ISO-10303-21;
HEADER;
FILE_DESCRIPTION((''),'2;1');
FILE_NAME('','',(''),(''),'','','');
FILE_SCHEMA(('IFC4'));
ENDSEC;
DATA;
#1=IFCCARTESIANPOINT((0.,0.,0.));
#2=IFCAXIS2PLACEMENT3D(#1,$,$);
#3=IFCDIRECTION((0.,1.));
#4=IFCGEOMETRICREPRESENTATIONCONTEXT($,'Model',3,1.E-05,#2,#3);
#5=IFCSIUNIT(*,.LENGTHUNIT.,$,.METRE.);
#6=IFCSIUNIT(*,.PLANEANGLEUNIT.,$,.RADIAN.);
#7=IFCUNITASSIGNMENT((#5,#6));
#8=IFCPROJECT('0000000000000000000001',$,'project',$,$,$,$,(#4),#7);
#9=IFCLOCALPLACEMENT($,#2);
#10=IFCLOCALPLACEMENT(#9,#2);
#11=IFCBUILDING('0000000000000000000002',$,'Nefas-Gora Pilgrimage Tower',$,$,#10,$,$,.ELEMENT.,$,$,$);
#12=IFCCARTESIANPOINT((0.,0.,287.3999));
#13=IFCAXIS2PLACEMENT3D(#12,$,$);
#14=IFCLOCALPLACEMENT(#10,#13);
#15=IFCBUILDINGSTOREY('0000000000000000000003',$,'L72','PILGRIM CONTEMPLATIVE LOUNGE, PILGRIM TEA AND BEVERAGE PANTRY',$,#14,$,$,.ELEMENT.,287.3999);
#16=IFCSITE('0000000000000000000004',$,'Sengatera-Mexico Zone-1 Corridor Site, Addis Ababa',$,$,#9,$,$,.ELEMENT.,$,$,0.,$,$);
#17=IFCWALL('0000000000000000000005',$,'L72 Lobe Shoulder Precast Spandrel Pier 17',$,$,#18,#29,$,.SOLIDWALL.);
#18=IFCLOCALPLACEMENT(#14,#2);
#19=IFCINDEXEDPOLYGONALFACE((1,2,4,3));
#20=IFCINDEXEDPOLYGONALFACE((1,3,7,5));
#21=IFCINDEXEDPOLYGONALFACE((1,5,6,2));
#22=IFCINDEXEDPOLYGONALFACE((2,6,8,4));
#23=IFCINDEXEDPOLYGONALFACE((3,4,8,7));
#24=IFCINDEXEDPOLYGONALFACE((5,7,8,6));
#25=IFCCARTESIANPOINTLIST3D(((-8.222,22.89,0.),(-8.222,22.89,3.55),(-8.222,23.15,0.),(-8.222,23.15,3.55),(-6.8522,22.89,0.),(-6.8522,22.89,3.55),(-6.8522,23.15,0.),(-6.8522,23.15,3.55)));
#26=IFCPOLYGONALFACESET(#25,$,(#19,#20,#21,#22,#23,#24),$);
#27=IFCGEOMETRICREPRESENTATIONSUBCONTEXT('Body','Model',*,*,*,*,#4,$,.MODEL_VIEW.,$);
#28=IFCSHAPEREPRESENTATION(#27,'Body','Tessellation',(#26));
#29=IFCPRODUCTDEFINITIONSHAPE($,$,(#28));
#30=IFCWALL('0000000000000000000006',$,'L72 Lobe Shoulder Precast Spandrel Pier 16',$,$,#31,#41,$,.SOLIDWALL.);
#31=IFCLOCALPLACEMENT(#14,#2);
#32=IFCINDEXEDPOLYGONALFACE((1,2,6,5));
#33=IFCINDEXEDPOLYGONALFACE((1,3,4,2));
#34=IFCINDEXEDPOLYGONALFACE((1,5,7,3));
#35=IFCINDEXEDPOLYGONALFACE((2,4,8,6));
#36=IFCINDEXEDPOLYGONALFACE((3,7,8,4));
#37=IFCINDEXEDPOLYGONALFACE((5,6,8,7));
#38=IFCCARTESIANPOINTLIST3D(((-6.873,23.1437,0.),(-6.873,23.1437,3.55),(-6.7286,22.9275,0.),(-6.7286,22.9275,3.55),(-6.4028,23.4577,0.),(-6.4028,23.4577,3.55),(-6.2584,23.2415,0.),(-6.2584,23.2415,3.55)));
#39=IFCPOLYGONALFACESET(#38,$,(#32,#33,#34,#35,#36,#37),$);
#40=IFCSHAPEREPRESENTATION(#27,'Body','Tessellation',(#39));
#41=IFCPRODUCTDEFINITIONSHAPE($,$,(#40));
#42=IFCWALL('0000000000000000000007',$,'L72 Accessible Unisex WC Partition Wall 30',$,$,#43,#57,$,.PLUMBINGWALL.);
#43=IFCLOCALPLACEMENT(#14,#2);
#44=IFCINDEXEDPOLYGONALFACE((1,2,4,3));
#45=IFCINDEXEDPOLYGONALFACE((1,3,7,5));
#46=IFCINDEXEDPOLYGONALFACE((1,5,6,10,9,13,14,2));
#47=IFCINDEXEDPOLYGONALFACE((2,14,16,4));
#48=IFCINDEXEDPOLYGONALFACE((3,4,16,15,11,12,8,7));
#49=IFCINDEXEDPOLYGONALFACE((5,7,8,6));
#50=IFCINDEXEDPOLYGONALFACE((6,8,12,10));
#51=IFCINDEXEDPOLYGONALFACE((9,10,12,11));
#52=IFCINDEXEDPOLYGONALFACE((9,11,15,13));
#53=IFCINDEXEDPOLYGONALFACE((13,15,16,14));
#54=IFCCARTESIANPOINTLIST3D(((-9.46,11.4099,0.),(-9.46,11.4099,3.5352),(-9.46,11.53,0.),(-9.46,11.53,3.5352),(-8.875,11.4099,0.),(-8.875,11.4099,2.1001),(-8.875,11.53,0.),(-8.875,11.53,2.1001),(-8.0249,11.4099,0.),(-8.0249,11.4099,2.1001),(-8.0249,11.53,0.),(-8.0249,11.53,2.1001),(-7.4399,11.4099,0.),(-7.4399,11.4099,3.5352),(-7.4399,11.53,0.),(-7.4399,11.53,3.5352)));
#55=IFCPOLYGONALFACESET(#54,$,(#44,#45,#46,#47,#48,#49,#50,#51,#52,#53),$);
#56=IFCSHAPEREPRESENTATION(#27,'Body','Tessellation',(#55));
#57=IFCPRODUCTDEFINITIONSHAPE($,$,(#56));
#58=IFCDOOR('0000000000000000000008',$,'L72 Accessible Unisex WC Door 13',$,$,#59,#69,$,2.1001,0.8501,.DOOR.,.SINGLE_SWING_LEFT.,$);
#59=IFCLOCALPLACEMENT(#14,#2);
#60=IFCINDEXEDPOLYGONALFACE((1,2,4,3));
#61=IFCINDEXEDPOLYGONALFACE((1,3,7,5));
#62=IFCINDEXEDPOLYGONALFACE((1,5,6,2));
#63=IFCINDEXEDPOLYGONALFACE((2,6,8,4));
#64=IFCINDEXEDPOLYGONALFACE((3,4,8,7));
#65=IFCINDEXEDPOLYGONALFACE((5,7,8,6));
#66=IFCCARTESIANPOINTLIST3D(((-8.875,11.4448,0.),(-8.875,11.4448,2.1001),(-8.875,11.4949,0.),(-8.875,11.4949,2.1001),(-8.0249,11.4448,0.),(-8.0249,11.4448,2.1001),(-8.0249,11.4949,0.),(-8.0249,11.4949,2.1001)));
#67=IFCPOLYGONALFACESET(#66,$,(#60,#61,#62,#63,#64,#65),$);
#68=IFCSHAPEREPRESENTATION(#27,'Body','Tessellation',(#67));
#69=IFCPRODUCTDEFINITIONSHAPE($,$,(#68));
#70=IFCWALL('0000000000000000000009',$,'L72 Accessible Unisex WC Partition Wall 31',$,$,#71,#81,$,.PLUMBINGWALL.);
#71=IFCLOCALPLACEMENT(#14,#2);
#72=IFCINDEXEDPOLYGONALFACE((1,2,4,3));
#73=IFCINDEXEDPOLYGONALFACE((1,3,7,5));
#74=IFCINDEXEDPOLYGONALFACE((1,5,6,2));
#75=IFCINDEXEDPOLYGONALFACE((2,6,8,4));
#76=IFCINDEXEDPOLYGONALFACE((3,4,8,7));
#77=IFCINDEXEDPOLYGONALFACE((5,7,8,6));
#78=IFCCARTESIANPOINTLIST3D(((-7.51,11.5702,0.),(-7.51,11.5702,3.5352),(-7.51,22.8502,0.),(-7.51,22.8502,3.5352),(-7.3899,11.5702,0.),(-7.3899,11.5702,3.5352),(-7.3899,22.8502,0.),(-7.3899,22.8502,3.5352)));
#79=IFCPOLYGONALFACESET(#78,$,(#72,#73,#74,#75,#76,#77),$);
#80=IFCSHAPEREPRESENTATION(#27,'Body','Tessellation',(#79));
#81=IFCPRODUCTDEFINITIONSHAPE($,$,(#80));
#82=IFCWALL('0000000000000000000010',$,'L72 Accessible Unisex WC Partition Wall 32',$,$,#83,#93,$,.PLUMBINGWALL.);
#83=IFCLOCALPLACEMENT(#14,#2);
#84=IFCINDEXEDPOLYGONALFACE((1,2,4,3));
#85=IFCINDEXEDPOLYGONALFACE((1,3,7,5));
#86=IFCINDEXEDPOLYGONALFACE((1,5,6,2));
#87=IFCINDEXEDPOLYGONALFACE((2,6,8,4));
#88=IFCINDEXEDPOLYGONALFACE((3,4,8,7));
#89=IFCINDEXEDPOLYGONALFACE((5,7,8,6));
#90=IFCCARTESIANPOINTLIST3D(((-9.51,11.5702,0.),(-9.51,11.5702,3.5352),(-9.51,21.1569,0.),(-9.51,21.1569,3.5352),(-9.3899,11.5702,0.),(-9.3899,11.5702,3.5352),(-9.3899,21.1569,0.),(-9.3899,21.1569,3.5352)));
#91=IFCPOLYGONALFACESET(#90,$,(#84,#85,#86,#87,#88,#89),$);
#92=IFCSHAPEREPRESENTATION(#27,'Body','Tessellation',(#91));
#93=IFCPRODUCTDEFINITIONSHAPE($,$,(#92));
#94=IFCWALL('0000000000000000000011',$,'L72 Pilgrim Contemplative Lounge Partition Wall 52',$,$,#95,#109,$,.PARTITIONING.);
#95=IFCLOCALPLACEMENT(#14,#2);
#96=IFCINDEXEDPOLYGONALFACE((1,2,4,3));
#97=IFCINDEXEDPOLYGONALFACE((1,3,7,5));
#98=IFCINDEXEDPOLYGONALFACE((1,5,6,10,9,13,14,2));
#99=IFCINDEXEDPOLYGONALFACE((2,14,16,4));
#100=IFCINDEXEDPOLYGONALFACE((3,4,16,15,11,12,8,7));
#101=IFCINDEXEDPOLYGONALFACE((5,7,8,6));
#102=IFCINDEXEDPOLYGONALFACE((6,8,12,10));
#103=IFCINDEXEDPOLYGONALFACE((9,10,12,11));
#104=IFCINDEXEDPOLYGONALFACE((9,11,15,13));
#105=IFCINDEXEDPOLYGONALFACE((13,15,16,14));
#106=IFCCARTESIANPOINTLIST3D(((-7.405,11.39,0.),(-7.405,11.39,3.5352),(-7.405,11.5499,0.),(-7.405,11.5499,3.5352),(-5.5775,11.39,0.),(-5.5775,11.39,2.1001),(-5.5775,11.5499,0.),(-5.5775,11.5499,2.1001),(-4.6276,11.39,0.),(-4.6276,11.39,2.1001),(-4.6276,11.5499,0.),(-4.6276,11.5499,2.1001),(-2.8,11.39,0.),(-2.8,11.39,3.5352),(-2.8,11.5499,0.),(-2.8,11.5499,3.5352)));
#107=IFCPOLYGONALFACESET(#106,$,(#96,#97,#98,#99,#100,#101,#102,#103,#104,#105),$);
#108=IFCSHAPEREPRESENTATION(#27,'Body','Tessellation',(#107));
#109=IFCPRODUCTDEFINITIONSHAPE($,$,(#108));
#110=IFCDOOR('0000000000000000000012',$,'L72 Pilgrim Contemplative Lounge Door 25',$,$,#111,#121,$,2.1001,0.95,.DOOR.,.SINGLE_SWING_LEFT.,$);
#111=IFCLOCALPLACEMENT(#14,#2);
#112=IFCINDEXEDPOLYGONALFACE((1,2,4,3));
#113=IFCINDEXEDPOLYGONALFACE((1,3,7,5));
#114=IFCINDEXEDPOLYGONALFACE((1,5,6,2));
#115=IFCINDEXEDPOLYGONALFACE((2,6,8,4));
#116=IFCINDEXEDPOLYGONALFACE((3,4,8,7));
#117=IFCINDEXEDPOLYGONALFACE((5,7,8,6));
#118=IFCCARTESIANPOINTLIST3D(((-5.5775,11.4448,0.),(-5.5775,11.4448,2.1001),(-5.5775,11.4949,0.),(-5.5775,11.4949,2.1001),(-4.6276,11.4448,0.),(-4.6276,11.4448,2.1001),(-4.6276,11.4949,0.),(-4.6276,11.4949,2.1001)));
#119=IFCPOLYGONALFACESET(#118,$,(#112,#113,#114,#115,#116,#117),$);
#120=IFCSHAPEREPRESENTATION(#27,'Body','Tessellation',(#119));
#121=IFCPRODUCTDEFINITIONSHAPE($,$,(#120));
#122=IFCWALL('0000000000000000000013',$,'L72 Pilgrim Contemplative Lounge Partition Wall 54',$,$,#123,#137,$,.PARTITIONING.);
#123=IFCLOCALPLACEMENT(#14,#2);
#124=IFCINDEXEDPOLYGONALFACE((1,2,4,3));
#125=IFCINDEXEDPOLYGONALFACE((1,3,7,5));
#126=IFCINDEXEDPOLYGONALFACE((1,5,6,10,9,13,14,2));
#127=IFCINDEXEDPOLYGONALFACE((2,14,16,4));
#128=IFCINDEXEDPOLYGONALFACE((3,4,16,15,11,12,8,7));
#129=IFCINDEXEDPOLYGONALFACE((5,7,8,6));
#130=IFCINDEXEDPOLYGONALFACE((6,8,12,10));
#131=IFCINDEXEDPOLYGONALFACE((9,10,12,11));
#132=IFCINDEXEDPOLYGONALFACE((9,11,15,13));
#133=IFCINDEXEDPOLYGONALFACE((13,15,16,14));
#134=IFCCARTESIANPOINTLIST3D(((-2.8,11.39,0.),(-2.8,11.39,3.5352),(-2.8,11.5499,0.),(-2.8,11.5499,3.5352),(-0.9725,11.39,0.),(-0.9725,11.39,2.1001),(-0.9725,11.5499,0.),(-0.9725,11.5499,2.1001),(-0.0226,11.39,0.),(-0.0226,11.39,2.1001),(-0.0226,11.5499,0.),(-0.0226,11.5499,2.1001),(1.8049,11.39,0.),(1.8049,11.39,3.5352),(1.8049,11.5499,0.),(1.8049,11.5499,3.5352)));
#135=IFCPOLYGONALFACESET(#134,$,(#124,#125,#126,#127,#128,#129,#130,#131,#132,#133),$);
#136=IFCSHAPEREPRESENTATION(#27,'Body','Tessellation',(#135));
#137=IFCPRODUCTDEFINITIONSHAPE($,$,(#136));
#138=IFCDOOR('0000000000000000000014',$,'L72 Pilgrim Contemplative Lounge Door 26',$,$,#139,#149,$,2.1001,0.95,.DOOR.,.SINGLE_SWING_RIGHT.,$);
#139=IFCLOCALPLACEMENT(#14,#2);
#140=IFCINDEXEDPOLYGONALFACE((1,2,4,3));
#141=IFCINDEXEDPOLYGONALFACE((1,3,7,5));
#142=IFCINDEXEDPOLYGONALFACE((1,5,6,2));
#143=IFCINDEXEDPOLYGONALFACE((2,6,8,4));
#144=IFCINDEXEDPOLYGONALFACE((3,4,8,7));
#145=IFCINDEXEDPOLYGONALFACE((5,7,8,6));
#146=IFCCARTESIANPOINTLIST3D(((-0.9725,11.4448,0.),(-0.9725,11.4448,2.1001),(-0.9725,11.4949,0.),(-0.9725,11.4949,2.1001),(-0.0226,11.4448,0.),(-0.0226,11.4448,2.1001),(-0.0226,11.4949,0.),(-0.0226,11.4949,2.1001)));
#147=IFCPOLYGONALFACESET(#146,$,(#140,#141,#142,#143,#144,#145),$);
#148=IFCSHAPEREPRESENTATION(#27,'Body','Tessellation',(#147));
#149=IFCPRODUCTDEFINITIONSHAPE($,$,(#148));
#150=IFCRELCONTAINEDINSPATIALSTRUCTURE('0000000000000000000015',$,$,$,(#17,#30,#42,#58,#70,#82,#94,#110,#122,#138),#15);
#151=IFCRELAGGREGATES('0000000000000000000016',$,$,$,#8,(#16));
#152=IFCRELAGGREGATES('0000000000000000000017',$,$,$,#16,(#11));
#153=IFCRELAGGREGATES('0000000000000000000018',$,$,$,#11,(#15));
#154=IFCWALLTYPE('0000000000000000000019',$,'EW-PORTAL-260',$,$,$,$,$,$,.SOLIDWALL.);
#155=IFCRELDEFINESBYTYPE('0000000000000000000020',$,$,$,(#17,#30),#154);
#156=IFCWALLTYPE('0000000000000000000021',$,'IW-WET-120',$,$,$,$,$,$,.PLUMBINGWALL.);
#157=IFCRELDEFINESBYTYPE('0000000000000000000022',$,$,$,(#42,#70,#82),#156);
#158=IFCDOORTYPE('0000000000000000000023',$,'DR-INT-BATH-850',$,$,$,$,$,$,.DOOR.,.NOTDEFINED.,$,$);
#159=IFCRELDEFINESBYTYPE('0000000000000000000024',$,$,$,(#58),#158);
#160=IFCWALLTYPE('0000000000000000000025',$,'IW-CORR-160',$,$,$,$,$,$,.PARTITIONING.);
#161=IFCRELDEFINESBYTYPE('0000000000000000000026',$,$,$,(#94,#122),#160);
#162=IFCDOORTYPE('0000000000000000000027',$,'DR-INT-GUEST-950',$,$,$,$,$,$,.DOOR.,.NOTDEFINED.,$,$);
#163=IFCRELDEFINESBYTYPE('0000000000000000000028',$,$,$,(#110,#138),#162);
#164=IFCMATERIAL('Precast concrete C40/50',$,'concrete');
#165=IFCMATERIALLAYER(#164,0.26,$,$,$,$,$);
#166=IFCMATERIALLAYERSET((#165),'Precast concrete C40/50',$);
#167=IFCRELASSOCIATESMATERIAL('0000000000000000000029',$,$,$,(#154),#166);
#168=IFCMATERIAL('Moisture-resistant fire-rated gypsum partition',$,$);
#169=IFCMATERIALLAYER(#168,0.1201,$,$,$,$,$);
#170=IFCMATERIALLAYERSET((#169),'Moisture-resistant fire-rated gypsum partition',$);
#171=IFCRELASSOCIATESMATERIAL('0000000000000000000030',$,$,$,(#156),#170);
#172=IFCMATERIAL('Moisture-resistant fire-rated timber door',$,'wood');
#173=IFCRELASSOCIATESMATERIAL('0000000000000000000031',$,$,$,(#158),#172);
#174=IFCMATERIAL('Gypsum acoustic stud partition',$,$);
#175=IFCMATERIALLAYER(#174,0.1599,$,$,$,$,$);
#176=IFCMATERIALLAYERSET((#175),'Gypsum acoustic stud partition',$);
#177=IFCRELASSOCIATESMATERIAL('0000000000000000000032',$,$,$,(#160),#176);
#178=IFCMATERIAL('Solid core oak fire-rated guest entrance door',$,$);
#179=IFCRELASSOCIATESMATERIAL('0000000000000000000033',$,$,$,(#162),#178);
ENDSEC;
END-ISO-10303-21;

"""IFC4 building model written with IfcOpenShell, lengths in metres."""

from ifc_helpers import new_model, si_unit, direction, frame, frame_2d, origin, place, context, subcontext, project, spatial, rectangle, extrude, source, transform, mapped, material, layer, layer_set, type_object, element, fill, save


model = new_model("IFC4")

# Units and contexts
model_context = context("Model", 3, precision=1e-05, world=origin(), true_north=direction((0.0, 1.0)))
body_context = subcontext(model_context, "Body", "Model", "MODEL_VIEW")
ifc_project = project(units=[si_unit("LENGTHUNIT", "METRE"), si_unit("PLANEANGLEUNIT", "RADIAN")], contexts=[model_context])

# Site, building, storey
site_placement = place(None, origin())
site = spatial("IfcSite", under=ifc_project, at=site_placement, Name="Sengatera-Mexico Zone-1 Corridor Site, Addis Ababa", CompositionType="ELEMENT", RefElevation=0.0)
building_placement = place(site_placement, origin())
building = spatial("IfcBuilding", under=site, at=building_placement, Name="Nefas-Gora Pilgrimage Tower", CompositionType="ELEMENT")
storey_placement = place(building_placement, frame((0.0, 0.0, 287.3999)))
storey = spatial("IfcBuildingStorey", under=building, at=storey_placement, Name="L72", Description="PILGRIM CONTEMPLATIVE LOUNGE, PILGRIM TEA AND BEVERAGE PANTRY", CompositionType="ELEMENT", Elevation=287.3999)

# Walls
ifc_material_1 = material(Name="Precast concrete C40/50", Category="concrete")
ifc_layer_1 = layer(ifc_material_1, 0.26)
ifc_layer_set_1 = layer_set([ifc_layer_1], Name="Precast concrete C40/50")
wall_type_1 = type_object("IfcWallType", Name="EW-PORTAL-260", PredefinedType="SOLIDWALL", material=ifc_layer_set_1)
shared_shape_1 = source(origin(), body_context, "Body", "SweptSolid", [
    extrude(rectangle(XDim=1.3699, YDim=0.26, at=frame_2d((0.6851, 0.0))), origin(), (0.0, 0.0, 1.0), 3.55),
])
wall_1_placement = place(storey_placement, frame((-6.8521, 23.02, 0.0), z_axis=(0.0, 0.0, 1.0), x_axis=(-1.0, 0.0, 0.0)))
element("IfcWall", 1, at=wall_1_placement, inside=storey, type_object=wall_type_1, Name="L72 Lobe Shoulder Precast Spandrel Pier 17", PredefinedType="SOLIDWALL", context=body_context, shape_type="MappedRepresentation", body=[
    mapped(shared_shape_1, transform((0.0, 0.0, 0.0), x_axis=(1.0, 0.0, 0.0), y_axis=(0.0, 1.0, 0.0), z_axis=(0.0, 0.0, 1.0), scale=1.0)),
])
shared_shape_2 = source(origin(), body_context, "Body", "SweptSolid", [
    extrude(rectangle(XDim=0.5654, YDim=0.26, at=frame_2d((0.2827, 0.0))), origin(), (0.0, 0.0, 1.0), 3.55),
])
wall_2_placement = place(storey_placement, frame((-6.3306, 23.3496, 0.0), z_axis=(0.0, 0.0, 1.0), x_axis=(-0.831651, -0.555298, 0.0)))
element("IfcWall", 2, at=wall_2_placement, inside=storey, type_object=wall_type_1, Name="L72 Lobe Shoulder Precast Spandrel Pier 16", PredefinedType="SOLIDWALL", context=body_context, shape_type="MappedRepresentation", body=[
    mapped(shared_shape_2, transform((0.0, 0.0, 0.0), x_axis=(1.0, 0.0, 0.0), y_axis=(0.0, 1.0, 0.0), z_axis=(0.0, 0.0, 1.0), scale=1.0)),
])

# Wall, opening, door
ifc_material_2 = material(Name="Moisture-resistant fire-rated gypsum partition")
ifc_layer_2 = layer(ifc_material_2, 0.1201)
ifc_layer_set_2 = layer_set([ifc_layer_2], Name="Moisture-resistant fire-rated gypsum partition")
wall_type_2 = type_object("IfcWallType", Name="IW-WET-120", PredefinedType="PLUMBINGWALL", material=ifc_layer_set_2)
shared_shape_3 = source(origin(), body_context, "Body", "SweptSolid", [
    extrude(rectangle(XDim=2.02, YDim=0.1201, at=frame_2d((1.01, 0.0))), origin(), (0.0, 0.0, 1.0), 3.5352),
])
wall_3_placement = place(storey_placement, frame((-9.46, 11.47, 0.0), z_axis=(0.0, 0.0, 1.0), x_axis=(1.0, 0.0, 0.0)))
wall_3 = element("IfcWall", 3, at=wall_3_placement, inside=storey, type_object=wall_type_2, Name="L72 Accessible Unisex WC Partition Wall 30", PredefinedType="PLUMBINGWALL", context=body_context, shape_type="MappedRepresentation", body=[
    mapped(shared_shape_3, transform((0.0, 0.0, 0.0), x_axis=(1.0, 0.0, 0.0), y_axis=(0.0, 1.0, 0.0), z_axis=(0.0, 0.0, 1.0), scale=1.0)),
])
opening_1_placement = place(wall_3_placement, frame((0.585, 0.0, 0.0)))
opening_1 = element("IfcOpeningElement", 4, at=opening_1_placement, cuts=wall_3, PredefinedType="OPENING", context=body_context, shape_type="SweptSolid", body=[
    extrude(rectangle(XDim=0.8501, YDim=2.1001, at=frame_2d((0.425, 1.05))), frame((0.0, 0.0701, 0.0), z_axis=(0.0, -1.0, 0.0), x_axis=(1.0, 0.0, 0.0)), (0.0, 0.0, 1.0), 0.1401),
])
ifc_material_3 = material(Name="Moisture-resistant fire-rated timber door", Category="wood")
door_type_1 = type_object("IfcDoorType", Name="DR-INT-BATH-850", OperationType="NOTDEFINED", PredefinedType="DOOR", material=ifc_material_3)
shared_shape_4 = source(origin(), body_context, "Body", "SweptSolid", [
    extrude(rectangle(XDim=0.8501, YDim=2.1001, at=frame_2d((0.425, 1.05))), frame((0.0, 0.0249, 0.0), z_axis=(0.0, -1.0, 0.0), x_axis=(1.0, 0.0, 0.0)), (0.0, 0.0, 1.0), 0.05),
])
door_1_placement = place(opening_1_placement, origin())
door_1 = element("IfcDoor", 5, at=door_1_placement, inside=storey, type_object=door_type_1, Name="L72 Accessible Unisex WC Door 13", OperationType="SINGLE_SWING_LEFT", OverallHeight=2.1001, OverallWidth=0.8501, PredefinedType="DOOR", context=body_context, shape_type="MappedRepresentation", body=[
    mapped(shared_shape_4, transform((0.0, 0.0, 0.0), x_axis=(1.0, 0.0, 0.0), y_axis=(0.0, 1.0, 0.0), z_axis=(0.0, 0.0, 1.0), scale=1.0)),
])
fill(opening_1, door_1)

# Walls
shared_shape_5 = source(origin(), body_context, "Body", "SweptSolid", [
    extrude(rectangle(XDim=11.28, YDim=0.1201, at=frame_2d((5.6401, 0.0))), origin(), (0.0, 0.0, 1.0), 3.5352),
])
wall_4_placement = place(storey_placement, frame((-7.45, 11.5701, 0.0), z_axis=(0.0, 0.0, 1.0), x_axis=(0.0, 1.0, 0.0)))
element("IfcWall", 6, at=wall_4_placement, inside=storey, type_object=wall_type_2, Name="L72 Accessible Unisex WC Partition Wall 31", PredefinedType="PLUMBINGWALL", context=body_context, shape_type="MappedRepresentation", body=[
    mapped(shared_shape_5, transform((0.0, 0.0, 0.0), x_axis=(1.0, 0.0, 0.0), y_axis=(0.0, 1.0, 0.0), z_axis=(0.0, 0.0, 1.0), scale=1.0)),
])
shared_shape_6 = source(origin(), body_context, "Body", "SweptSolid", [
    extrude(rectangle(XDim=9.5867, YDim=0.1201, at=frame_2d((4.7935, 0.0))), origin(), (0.0, 0.0, 1.0), 3.5352),
])
wall_5_placement = place(storey_placement, frame((-9.45, 11.5701, 0.0), z_axis=(0.0, 0.0, 1.0), x_axis=(0.0, 1.0, 0.0)))
element("IfcWall", 7, at=wall_5_placement, inside=storey, type_object=wall_type_2, Name="L72 Accessible Unisex WC Partition Wall 32", PredefinedType="PLUMBINGWALL", context=body_context, shape_type="MappedRepresentation", body=[
    mapped(shared_shape_6, transform((0.0, 0.0, 0.0), x_axis=(1.0, 0.0, 0.0), y_axis=(0.0, 1.0, 0.0), z_axis=(0.0, 0.0, 1.0), scale=1.0)),
])

# Walls, openings, doors
ifc_material_4 = material(Name="Gypsum acoustic stud partition")
ifc_layer_3 = layer(ifc_material_4, 0.1599)
ifc_layer_set_3 = layer_set([ifc_layer_3], Name="Gypsum acoustic stud partition")
wall_type_3 = type_object("IfcWallType", Name="IW-CORR-160", PredefinedType="PARTITIONING", material=ifc_layer_set_3)
shared_shape_7 = source(origin(), body_context, "Body", "SweptSolid", [
    extrude(rectangle(XDim=4.605, YDim=0.1599, at=frame_2d((2.3025, 0.0))), origin(), (0.0, 0.0, 1.0), 3.5352),
])
wall_6_placement = place(storey_placement, frame((-7.405, 11.47, 0.0), z_axis=(0.0, 0.0, 1.0), x_axis=(1.0, 0.0, 0.0)))
wall_6 = element("IfcWall", 8, at=wall_6_placement, inside=storey, type_object=wall_type_3, Name="L72 Pilgrim Contemplative Lounge Partition Wall 52", PredefinedType="PARTITIONING", context=body_context, shape_type="MappedRepresentation", body=[
    mapped(shared_shape_7, transform((0.0, 0.0, 0.0), x_axis=(1.0, 0.0, 0.0), y_axis=(0.0, 1.0, 0.0), z_axis=(0.0, 0.0, 1.0), scale=1.0)),
])
opening_2_placement = place(wall_6_placement, frame((1.8274, 0.0, 0.0)))
opening_2 = element("IfcOpeningElement", 9, at=opening_2_placement, cuts=wall_6, PredefinedType="OPENING", context=body_context, shape_type="SweptSolid", body=[
    extrude(rectangle(XDim=0.95, YDim=2.1001, at=frame_2d((0.4751, 1.05))), frame((0.0, 0.0898, 0.0), z_axis=(0.0, -1.0, 0.0), x_axis=(1.0, 0.0, 0.0)), (0.0, 0.0, 1.0), 0.1799),
])
ifc_material_5 = material(Name="Solid core oak fire-rated guest entrance door")
door_type_2 = type_object("IfcDoorType", Name="DR-INT-GUEST-950", OperationType="NOTDEFINED", PredefinedType="DOOR", material=ifc_material_5)
shared_shape_8 = source(origin(), body_context, "Body", "SweptSolid", [
    extrude(rectangle(XDim=0.95, YDim=2.1001, at=frame_2d((0.4751, 1.05))), frame((0.0, 0.0249, 0.0), z_axis=(0.0, -1.0, 0.0), x_axis=(1.0, 0.0, 0.0)), (0.0, 0.0, 1.0), 0.05),
])
door_2_placement = place(opening_2_placement, origin())
door_2 = element("IfcDoor", 10, at=door_2_placement, inside=storey, type_object=door_type_2, Name="L72 Pilgrim Contemplative Lounge Door 25", OperationType="SINGLE_SWING_LEFT", OverallHeight=2.1001, OverallWidth=0.95, PredefinedType="DOOR", context=body_context, shape_type="MappedRepresentation", body=[
    mapped(shared_shape_8, transform((0.0, 0.0, 0.0), x_axis=(1.0, 0.0, 0.0), y_axis=(0.0, 1.0, 0.0), z_axis=(0.0, 0.0, 1.0), scale=1.0)),
])
fill(opening_2, door_2)
wall_7_placement = place(storey_placement, frame((-2.8, 11.47, 0.0), z_axis=(0.0, 0.0, 1.0), x_axis=(1.0, 0.0, 0.0)))
wall_7 = element("IfcWall", 11, at=wall_7_placement, inside=storey, type_object=wall_type_3, Name="L72 Pilgrim Contemplative Lounge Partition Wall 54", PredefinedType="PARTITIONING", context=body_context, shape_type="MappedRepresentation", body=[
    mapped(shared_shape_7, transform((0.0, 0.0, 0.0), x_axis=(1.0, 0.0, 0.0), y_axis=(0.0, 1.0, 0.0), z_axis=(0.0, 0.0, 1.0), scale=1.0)),
])
opening_3_placement = place(wall_7_placement, frame((1.8274, 0.0, 0.0)))
opening_3 = element("IfcOpeningElement", 12, at=opening_3_placement, cuts=wall_7, PredefinedType="OPENING", context=body_context, shape_type="SweptSolid", body=[
    extrude(rectangle(XDim=0.95, YDim=2.1001, at=frame_2d((0.4751, 1.05))), frame((0.0, 0.0898, 0.0), z_axis=(0.0, -1.0, 0.0), x_axis=(1.0, 0.0, 0.0)), (0.0, 0.0, 1.0), 0.1799),
])
door_3_placement = place(opening_3_placement, origin())
door_3 = element("IfcDoor", 13, at=door_3_placement, inside=storey, type_object=door_type_2, Name="L72 Pilgrim Contemplative Lounge Door 26", OperationType="SINGLE_SWING_RIGHT", OverallHeight=2.1001, OverallWidth=0.95, PredefinedType="DOOR", context=body_context, shape_type="MappedRepresentation", body=[
    mapped(shared_shape_8, transform((0.0, 0.0, 0.0), x_axis=(1.0, 0.0, 0.0), y_axis=(0.0, 1.0, 0.0), z_axis=(0.0, 0.0, 1.0), scale=1.0)),
])
fill(opening_3, door_3)

save(model, "model.ifc")
